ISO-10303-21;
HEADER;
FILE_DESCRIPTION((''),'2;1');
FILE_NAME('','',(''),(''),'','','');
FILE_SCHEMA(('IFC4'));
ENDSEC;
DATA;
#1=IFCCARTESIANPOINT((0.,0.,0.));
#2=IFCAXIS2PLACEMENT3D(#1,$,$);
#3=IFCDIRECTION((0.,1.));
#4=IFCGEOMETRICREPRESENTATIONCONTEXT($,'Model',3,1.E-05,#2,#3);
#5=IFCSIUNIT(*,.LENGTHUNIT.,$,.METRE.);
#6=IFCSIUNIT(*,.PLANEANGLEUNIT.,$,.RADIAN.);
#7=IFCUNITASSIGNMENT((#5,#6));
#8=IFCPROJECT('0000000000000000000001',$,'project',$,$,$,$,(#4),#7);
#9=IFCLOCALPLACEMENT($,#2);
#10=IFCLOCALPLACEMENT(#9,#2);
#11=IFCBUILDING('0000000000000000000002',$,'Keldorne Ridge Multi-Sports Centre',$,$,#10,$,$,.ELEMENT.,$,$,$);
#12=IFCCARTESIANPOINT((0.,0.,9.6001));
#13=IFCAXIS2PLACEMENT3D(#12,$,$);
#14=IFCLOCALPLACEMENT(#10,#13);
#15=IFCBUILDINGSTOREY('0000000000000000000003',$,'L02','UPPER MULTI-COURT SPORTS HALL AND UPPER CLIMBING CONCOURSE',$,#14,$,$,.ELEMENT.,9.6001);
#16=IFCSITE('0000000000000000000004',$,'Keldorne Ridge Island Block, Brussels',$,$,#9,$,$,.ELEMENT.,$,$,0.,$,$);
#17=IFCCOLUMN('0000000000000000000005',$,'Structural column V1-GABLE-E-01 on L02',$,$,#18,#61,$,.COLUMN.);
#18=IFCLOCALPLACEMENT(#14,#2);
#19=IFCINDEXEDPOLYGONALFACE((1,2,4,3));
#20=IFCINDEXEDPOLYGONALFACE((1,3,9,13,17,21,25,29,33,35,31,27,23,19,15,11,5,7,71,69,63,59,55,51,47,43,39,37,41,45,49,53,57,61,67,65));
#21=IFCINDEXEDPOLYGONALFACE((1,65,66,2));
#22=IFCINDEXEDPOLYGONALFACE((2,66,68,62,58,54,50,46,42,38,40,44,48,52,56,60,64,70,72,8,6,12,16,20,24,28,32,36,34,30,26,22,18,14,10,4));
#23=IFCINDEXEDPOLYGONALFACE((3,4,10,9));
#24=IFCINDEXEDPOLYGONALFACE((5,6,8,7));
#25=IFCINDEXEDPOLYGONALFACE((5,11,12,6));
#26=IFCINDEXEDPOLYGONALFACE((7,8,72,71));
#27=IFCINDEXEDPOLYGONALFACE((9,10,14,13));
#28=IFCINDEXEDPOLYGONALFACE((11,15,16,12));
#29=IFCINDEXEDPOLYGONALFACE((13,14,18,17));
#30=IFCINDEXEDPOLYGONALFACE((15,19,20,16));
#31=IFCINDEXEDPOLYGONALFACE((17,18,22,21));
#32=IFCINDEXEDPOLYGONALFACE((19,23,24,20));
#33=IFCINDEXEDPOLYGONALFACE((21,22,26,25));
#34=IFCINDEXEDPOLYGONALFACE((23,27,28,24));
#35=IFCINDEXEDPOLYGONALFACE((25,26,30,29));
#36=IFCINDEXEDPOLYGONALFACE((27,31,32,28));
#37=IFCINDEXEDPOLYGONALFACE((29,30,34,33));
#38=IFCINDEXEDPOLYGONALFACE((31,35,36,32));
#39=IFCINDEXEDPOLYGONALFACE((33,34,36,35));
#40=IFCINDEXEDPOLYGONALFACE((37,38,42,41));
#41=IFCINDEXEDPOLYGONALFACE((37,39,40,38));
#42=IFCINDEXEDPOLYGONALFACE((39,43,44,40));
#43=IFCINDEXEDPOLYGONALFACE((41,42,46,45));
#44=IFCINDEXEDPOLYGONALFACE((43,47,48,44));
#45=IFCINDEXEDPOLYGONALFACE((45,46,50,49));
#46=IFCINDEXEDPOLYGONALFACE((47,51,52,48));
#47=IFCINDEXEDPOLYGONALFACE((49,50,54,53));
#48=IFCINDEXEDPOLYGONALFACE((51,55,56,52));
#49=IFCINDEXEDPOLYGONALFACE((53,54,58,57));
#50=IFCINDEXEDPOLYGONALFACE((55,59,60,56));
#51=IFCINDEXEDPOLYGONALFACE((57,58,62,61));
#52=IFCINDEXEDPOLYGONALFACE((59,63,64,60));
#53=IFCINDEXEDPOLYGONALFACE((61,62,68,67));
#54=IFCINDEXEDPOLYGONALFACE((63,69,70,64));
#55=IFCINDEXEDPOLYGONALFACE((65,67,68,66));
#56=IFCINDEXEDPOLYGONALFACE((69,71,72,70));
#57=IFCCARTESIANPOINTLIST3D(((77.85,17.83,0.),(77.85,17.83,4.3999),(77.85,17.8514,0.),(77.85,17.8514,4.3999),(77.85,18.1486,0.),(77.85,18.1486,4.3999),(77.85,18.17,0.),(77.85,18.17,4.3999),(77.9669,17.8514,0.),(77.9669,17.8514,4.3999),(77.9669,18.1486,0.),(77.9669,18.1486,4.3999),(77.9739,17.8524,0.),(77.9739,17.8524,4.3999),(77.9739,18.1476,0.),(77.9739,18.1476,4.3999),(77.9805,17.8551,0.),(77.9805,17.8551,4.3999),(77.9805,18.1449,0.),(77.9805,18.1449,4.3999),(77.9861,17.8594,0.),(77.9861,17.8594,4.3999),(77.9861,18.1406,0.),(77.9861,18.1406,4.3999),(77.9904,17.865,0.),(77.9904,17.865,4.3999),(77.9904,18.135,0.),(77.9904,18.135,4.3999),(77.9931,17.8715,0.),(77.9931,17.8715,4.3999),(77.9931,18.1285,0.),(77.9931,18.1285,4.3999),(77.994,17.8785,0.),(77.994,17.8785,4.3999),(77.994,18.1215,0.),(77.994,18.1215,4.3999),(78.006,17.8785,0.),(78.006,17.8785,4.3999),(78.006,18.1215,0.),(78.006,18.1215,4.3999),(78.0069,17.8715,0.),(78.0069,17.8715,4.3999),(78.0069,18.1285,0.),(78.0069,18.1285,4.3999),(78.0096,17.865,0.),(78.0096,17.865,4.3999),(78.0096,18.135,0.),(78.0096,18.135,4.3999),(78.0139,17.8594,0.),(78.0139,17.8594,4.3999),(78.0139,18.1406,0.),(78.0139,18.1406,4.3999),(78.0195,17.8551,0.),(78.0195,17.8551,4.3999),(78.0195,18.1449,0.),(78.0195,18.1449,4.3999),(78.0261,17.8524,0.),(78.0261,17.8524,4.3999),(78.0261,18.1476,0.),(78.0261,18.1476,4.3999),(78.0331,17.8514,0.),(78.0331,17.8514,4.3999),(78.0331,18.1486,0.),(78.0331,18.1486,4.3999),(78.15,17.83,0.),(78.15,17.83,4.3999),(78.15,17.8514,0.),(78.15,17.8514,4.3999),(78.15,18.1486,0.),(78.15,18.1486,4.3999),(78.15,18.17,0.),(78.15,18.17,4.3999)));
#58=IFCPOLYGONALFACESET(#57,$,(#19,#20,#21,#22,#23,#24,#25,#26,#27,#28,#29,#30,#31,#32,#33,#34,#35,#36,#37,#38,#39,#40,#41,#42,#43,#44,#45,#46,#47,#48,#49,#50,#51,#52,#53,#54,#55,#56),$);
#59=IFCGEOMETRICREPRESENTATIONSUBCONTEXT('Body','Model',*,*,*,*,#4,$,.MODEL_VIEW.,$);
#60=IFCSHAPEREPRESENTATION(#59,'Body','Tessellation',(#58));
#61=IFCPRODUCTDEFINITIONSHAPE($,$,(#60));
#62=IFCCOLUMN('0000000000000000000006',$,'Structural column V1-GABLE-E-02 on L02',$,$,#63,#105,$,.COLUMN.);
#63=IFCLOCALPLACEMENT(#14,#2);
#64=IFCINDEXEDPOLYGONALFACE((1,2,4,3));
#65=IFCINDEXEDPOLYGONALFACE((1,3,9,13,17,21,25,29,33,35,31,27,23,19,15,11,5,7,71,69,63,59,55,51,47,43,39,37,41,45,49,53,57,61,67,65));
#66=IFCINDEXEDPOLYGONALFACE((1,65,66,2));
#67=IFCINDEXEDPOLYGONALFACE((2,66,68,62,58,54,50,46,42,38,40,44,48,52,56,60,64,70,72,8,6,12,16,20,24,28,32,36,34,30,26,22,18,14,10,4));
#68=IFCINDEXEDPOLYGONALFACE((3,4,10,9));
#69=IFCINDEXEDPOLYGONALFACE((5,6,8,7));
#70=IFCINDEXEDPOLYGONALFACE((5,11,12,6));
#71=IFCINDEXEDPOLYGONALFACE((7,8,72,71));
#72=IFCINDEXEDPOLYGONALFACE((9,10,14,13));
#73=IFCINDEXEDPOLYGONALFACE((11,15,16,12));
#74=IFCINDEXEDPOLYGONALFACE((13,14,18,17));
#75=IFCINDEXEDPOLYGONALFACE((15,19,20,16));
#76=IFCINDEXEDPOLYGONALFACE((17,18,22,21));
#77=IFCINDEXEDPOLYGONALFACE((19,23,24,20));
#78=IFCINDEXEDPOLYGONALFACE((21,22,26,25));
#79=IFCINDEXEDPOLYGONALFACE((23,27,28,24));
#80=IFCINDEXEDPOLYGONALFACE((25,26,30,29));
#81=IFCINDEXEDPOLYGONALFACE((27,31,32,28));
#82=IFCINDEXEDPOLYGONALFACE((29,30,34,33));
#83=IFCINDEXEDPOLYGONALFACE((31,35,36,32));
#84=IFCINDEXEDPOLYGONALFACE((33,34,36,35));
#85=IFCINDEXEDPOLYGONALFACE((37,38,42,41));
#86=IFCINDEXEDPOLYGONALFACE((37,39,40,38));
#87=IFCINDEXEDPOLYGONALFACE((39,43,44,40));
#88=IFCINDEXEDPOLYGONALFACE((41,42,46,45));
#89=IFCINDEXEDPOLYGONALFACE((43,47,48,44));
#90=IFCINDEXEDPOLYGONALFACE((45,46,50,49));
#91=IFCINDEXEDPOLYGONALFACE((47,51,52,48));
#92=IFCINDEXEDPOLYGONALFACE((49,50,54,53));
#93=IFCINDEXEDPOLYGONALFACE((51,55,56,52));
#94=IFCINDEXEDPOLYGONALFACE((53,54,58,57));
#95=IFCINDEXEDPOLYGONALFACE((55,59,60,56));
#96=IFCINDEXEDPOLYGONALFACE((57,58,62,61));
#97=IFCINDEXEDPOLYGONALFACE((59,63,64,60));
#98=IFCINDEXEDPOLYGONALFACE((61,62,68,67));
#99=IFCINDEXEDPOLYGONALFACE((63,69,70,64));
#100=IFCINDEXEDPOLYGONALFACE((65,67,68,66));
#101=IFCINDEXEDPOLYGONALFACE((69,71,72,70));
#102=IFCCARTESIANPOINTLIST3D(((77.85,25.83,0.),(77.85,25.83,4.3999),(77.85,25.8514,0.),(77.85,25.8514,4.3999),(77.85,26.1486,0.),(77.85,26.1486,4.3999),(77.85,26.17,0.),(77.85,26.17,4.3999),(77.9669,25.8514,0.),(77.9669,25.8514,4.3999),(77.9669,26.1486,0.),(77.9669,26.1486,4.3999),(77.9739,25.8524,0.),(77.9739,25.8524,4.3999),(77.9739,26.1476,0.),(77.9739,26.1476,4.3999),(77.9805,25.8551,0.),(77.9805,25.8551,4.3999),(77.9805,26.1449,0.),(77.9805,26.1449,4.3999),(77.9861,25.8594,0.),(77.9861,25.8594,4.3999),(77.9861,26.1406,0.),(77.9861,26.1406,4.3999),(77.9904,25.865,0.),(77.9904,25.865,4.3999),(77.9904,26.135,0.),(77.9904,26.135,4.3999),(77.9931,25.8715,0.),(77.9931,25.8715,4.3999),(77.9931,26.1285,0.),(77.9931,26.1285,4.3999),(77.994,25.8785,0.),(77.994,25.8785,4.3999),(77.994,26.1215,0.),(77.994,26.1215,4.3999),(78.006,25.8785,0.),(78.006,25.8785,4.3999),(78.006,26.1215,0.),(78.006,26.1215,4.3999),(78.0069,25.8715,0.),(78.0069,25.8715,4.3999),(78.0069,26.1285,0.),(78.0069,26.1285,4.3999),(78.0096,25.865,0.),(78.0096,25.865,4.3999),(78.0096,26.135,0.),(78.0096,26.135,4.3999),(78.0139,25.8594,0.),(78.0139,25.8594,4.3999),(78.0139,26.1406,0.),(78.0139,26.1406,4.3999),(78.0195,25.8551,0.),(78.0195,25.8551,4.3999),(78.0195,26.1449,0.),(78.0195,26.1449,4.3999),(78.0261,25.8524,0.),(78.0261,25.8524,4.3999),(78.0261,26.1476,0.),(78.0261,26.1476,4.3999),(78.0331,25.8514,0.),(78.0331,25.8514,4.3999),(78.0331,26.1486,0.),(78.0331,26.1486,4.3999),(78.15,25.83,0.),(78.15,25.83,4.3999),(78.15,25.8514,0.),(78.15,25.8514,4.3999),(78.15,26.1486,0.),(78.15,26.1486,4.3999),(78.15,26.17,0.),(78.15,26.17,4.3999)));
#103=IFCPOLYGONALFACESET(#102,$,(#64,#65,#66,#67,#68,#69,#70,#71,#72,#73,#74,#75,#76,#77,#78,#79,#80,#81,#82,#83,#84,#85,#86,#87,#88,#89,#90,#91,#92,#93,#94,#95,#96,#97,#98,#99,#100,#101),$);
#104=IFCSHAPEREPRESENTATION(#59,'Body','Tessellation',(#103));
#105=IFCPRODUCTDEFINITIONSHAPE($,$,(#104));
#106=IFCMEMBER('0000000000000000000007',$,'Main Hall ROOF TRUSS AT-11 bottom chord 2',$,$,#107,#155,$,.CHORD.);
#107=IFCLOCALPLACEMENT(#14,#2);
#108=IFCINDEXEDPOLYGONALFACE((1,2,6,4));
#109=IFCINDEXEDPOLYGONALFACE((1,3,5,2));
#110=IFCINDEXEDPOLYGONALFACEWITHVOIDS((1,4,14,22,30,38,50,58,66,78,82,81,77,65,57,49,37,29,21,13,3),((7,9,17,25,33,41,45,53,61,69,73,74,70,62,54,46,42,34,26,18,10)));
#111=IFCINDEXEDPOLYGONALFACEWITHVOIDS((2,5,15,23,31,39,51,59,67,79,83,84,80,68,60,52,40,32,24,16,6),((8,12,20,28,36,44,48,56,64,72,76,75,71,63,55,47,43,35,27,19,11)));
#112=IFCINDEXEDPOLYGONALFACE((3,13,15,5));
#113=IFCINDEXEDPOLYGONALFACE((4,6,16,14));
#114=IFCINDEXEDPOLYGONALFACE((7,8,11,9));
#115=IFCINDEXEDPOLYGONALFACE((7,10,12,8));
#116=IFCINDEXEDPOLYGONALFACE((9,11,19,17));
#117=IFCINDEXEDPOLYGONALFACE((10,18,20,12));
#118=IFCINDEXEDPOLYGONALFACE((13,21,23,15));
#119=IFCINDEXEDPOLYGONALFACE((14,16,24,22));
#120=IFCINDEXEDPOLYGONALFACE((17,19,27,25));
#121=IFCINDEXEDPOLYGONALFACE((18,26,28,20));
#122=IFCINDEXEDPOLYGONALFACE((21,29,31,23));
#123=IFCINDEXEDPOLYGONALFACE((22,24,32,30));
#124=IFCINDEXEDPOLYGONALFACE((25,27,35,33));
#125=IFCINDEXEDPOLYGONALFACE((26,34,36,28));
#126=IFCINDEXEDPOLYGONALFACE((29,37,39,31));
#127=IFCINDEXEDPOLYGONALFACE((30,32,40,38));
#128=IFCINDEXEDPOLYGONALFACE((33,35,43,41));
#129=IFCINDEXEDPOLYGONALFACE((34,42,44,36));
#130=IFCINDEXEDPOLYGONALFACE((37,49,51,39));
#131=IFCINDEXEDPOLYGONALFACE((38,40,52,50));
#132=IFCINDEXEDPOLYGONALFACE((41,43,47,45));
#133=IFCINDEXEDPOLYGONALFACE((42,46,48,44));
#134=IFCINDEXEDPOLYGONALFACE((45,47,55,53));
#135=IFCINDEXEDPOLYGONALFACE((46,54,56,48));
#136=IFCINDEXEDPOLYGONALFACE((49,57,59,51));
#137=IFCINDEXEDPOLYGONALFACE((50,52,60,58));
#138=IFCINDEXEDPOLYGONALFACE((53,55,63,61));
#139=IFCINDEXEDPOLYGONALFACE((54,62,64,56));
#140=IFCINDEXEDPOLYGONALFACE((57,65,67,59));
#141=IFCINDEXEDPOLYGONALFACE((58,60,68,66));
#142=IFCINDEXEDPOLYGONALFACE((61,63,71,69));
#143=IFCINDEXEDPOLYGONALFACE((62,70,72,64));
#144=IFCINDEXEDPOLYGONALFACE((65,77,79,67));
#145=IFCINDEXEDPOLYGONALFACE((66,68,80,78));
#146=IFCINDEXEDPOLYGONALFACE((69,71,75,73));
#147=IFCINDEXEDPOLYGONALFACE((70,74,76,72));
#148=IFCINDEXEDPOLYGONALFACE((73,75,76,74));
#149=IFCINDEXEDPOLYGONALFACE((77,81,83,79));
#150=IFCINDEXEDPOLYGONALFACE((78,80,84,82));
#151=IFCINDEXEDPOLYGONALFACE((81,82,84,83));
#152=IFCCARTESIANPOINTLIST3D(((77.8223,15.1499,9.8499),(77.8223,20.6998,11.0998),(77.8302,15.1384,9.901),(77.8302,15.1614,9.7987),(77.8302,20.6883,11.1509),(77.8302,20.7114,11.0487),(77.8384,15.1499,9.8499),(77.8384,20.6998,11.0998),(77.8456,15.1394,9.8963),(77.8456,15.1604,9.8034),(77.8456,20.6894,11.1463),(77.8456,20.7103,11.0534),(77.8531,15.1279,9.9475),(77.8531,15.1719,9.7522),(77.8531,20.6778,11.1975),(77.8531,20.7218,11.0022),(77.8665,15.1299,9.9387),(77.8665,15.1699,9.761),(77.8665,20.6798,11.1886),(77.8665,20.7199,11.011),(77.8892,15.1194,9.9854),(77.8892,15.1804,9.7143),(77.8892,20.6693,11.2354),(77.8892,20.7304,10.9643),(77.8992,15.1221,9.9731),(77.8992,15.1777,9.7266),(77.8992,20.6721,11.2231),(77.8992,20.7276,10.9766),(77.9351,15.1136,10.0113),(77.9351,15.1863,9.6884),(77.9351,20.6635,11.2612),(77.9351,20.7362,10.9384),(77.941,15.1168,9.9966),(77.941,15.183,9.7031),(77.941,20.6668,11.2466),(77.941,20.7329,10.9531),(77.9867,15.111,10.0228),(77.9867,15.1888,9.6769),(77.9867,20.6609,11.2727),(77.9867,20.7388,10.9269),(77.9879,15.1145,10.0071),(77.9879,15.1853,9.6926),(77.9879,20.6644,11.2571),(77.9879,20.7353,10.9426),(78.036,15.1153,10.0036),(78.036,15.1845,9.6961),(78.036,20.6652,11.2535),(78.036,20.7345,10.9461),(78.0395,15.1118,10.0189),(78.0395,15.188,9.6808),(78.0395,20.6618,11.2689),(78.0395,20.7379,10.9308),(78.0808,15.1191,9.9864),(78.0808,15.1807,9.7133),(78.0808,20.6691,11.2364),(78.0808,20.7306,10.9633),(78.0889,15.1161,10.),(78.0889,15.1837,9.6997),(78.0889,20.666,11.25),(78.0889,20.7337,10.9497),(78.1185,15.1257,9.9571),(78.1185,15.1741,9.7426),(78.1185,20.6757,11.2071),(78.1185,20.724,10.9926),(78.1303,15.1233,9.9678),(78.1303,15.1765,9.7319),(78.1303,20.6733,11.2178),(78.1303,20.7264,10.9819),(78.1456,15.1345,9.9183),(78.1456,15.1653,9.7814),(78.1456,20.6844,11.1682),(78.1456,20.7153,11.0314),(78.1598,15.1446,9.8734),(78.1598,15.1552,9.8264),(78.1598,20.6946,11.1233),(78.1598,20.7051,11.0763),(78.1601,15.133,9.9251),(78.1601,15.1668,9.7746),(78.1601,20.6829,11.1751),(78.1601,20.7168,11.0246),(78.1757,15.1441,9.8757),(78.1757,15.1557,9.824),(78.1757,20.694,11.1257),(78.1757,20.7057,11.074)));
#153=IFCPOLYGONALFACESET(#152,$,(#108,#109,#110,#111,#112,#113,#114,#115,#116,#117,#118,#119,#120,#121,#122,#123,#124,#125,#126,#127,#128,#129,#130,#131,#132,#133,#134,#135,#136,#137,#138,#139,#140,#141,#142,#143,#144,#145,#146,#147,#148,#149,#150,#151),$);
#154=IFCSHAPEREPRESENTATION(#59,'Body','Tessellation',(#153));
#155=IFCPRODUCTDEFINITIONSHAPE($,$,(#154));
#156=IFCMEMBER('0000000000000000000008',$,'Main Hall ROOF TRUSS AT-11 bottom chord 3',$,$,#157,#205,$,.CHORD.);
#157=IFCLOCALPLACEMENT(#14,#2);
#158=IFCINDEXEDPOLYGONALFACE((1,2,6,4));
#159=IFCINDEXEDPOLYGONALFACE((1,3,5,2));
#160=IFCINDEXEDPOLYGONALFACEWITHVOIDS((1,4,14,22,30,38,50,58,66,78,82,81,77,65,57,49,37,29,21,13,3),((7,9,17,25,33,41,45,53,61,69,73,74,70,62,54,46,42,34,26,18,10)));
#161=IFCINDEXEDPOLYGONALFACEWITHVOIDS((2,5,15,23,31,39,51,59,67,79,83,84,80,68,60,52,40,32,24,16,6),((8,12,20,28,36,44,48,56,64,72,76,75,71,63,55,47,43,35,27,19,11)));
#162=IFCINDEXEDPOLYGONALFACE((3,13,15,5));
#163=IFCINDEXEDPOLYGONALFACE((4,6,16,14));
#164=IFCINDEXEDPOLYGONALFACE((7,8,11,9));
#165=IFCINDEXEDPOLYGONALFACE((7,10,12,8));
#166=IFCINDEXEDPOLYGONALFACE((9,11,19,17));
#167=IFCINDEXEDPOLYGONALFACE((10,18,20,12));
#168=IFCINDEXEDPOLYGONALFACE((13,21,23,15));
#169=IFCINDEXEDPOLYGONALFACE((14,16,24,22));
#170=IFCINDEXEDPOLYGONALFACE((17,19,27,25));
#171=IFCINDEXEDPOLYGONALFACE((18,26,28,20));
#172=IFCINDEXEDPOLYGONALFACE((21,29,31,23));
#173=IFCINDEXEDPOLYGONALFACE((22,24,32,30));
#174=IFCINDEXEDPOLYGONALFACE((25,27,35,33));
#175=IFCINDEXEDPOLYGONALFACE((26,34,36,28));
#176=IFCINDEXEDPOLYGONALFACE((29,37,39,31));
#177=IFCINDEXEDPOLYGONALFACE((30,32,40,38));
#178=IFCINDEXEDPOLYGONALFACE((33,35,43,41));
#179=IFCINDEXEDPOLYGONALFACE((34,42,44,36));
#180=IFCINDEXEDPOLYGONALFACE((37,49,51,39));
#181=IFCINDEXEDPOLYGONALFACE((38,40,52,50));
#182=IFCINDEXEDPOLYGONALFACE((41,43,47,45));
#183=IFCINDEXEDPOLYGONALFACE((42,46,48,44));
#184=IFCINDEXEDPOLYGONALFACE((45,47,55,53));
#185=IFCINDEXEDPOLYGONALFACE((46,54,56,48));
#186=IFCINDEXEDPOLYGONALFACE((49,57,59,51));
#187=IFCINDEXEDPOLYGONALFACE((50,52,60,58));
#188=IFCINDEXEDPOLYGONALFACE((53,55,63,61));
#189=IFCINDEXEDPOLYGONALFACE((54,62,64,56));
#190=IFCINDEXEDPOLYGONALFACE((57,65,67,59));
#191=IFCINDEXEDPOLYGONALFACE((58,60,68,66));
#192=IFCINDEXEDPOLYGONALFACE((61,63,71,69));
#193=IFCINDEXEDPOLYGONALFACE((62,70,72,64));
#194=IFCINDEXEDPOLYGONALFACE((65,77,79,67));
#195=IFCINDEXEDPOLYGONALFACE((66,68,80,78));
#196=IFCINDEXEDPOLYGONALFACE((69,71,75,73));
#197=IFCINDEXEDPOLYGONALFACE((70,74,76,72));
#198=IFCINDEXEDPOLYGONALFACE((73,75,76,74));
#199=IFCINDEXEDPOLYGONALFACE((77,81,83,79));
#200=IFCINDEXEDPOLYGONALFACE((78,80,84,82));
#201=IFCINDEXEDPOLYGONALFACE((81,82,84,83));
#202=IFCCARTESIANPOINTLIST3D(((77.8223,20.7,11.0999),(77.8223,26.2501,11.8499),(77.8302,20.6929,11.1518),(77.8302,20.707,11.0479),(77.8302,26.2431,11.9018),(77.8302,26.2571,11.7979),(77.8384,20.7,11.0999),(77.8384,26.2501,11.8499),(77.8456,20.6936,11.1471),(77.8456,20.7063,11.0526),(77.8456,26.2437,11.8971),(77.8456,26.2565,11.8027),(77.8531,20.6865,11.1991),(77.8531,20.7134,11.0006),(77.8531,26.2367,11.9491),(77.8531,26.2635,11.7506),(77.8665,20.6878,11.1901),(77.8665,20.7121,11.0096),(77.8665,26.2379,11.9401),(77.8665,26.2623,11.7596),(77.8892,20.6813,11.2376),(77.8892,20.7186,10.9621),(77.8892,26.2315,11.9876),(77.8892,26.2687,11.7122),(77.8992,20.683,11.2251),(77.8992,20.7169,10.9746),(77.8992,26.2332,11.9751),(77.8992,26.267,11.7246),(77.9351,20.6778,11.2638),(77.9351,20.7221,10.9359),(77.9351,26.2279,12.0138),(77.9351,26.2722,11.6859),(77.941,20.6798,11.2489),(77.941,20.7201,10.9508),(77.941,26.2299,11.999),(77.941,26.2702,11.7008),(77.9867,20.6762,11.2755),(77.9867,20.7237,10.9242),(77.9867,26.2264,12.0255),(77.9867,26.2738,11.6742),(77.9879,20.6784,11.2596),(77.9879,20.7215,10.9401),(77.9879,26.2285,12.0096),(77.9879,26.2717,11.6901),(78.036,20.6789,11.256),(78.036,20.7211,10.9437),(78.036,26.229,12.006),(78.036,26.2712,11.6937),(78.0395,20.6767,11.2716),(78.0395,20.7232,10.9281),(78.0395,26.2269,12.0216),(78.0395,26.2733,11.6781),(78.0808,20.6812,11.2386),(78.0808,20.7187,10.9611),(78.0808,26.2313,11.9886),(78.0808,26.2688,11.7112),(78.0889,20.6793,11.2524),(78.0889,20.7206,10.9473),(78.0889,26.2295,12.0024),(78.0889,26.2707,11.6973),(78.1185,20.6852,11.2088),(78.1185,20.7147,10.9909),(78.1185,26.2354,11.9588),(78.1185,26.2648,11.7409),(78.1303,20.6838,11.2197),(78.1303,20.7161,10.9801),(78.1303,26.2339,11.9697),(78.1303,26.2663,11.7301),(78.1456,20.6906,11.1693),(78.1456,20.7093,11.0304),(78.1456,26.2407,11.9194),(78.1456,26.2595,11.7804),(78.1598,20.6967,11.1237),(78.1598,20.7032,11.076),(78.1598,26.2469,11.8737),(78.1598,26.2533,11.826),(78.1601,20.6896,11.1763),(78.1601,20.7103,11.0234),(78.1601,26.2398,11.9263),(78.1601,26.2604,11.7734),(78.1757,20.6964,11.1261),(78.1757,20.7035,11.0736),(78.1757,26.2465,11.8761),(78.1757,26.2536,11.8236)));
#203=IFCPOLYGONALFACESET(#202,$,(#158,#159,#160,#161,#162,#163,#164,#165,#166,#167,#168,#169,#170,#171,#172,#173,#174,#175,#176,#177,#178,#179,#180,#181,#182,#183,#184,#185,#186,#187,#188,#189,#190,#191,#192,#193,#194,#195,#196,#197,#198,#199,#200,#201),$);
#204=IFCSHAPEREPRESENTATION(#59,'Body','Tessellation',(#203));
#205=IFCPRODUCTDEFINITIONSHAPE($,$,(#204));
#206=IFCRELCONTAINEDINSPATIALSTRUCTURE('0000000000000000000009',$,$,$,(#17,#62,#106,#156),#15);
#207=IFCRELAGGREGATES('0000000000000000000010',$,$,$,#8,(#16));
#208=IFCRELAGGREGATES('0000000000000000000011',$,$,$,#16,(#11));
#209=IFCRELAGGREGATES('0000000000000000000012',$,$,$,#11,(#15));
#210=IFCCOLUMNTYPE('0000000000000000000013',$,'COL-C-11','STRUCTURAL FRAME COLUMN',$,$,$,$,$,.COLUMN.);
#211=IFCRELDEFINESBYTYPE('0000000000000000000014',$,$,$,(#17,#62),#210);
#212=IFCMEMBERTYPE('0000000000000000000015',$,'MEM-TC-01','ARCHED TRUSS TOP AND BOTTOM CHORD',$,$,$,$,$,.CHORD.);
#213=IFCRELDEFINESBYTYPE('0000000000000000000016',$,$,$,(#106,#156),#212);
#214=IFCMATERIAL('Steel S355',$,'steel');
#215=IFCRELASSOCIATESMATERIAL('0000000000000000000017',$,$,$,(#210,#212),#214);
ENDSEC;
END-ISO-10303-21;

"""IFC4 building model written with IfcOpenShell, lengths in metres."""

from ifc_helpers import new_model, si_unit, direction, frame, origin, origin_2d, place, context, subcontext, project, spatial, hollow_circle, i_section, extrude, material, material_profile, profile_set, type_object, element, save


model = new_model("IFC4")

# Units and contexts
model_context = context("Model", 3, precision=1e-05, world=origin(), true_north=direction((0.0, 1.0)))
body_context = subcontext(model_context, "Body", "Model", "MODEL_VIEW")
ifc_project = project(units=[si_unit("LENGTHUNIT", "METRE"), si_unit("PLANEANGLEUNIT", "RADIAN")], contexts=[model_context])

# Site, building, storey
site_placement = place(None, origin())
site = spatial("IfcSite", under=ifc_project, at=site_placement, Name="Keldorne Ridge Island Block, Brussels", CompositionType="ELEMENT", RefElevation=0.0)
building_placement = place(site_placement, origin())
building = spatial("IfcBuilding", under=site, at=building_placement, Name="Keldorne Ridge Multi-Sports Centre", CompositionType="ELEMENT")
storey_placement = place(building_placement, frame((0.0, 0.0, 9.6001)))
storey = spatial("IfcBuildingStorey", under=building, at=storey_placement, Name="L02", Description="UPPER MULTI-COURT SPORTS HALL AND UPPER CLIMBING CONCOURSE", CompositionType="ELEMENT", Elevation=9.6001)

# Columns
ifc_material = material(Name="Steel S355", Category="steel")
ifc_material_profile_1 = material_profile(ifc_material, i_section(OverallWidth=0.3, OverallDepth=0.3401, WebThickness=0.012, FlangeThickness=0.0215, FilletRadius=0.0271, at=origin_2d()), Name="HEB 340")
ifc_profile_set_1 = profile_set([ifc_material_profile_1], Name="Steel S355")
column_type = type_object("IfcColumnType", Name="COL-C-11", Description="STRUCTURAL FRAME COLUMN", PredefinedType="COLUMN", material=ifc_profile_set_1)
for number, where, z_axis, x_axis, name in (
    (1, (78.0, 18.0, 0.0), (0.0, 0.0, 1.0), (1.0, 0.0, 0.0), "Structural column V1-GABLE-E-01 on L02"),
    (2, (78.0, 26.0, 0.0), (0.0, 0.0, 1.0), (1.0, 0.0, 0.0), "Structural column V1-GABLE-E-02 on L02"),
):
    element("IfcColumn", number, at=place(storey_placement, frame(where, z_axis=z_axis, x_axis=x_axis)), inside=storey, type_object=column_type, Name=name, PredefinedType="COLUMN", context=body_context, shape_type="SweptSolid", body=[
        extrude(i_section(OverallWidth=0.3, OverallDepth=0.3401, WebThickness=0.012, FlangeThickness=0.0215, FilletRadius=0.0271, at=origin_2d()), origin(), (0.0, 0.0, 1.0), 4.3999),
    ])

# Members
ifc_material_profile_2 = material_profile(ifc_material, hollow_circle(Radius=0.1777, WallThickness=0.0161, at=origin_2d()), Name="CHS 355.6x16")
ifc_profile_set_2 = profile_set([ifc_material_profile_2], Name="Steel S355")
member_type_1 = type_object("IfcMemberType", Name="MEM-TC-01", Description="ARCHED TRUSS TOP AND BOTTOM CHORD", PredefinedType="CHORD", material=ifc_profile_set_2)
member_1_placement = place(storey_placement, frame((78.0, 15.1499, 9.8499), z_axis=(0.0, 0.975563, 0.219719), x_axis=(-1.0, 0.0, 0.0)))
element("IfcMember", 3, at=member_1_placement, inside=storey, type_object=member_type_1, Name="Main Hall ROOF TRUSS AT-11 bottom chord 2", PredefinedType="CHORD", context=body_context, shape_type="SweptSolid", body=[
    extrude(hollow_circle(Radius=0.1777, WallThickness=0.0161, at=origin_2d()), origin(), (0.0, 0.0, 1.0), 5.689),
])
member_2_placement = place(storey_placement, frame((78.0, 20.7, 11.0999), z_axis=(0.0, 0.990993, 0.133917), x_axis=(-1.0, 0.0, 0.0)))
element("IfcMember", 4, at=member_2_placement, inside=storey, type_object=member_type_1, Name="Main Hall ROOF TRUSS AT-11 bottom chord 3", PredefinedType="CHORD", context=body_context, shape_type="SweptSolid", body=[
    extrude(hollow_circle(Radius=0.1777, WallThickness=0.0161, at=origin_2d()), origin(), (0.0, 0.0, 1.0), 5.6006),
])

save(model, "model.ifc")
